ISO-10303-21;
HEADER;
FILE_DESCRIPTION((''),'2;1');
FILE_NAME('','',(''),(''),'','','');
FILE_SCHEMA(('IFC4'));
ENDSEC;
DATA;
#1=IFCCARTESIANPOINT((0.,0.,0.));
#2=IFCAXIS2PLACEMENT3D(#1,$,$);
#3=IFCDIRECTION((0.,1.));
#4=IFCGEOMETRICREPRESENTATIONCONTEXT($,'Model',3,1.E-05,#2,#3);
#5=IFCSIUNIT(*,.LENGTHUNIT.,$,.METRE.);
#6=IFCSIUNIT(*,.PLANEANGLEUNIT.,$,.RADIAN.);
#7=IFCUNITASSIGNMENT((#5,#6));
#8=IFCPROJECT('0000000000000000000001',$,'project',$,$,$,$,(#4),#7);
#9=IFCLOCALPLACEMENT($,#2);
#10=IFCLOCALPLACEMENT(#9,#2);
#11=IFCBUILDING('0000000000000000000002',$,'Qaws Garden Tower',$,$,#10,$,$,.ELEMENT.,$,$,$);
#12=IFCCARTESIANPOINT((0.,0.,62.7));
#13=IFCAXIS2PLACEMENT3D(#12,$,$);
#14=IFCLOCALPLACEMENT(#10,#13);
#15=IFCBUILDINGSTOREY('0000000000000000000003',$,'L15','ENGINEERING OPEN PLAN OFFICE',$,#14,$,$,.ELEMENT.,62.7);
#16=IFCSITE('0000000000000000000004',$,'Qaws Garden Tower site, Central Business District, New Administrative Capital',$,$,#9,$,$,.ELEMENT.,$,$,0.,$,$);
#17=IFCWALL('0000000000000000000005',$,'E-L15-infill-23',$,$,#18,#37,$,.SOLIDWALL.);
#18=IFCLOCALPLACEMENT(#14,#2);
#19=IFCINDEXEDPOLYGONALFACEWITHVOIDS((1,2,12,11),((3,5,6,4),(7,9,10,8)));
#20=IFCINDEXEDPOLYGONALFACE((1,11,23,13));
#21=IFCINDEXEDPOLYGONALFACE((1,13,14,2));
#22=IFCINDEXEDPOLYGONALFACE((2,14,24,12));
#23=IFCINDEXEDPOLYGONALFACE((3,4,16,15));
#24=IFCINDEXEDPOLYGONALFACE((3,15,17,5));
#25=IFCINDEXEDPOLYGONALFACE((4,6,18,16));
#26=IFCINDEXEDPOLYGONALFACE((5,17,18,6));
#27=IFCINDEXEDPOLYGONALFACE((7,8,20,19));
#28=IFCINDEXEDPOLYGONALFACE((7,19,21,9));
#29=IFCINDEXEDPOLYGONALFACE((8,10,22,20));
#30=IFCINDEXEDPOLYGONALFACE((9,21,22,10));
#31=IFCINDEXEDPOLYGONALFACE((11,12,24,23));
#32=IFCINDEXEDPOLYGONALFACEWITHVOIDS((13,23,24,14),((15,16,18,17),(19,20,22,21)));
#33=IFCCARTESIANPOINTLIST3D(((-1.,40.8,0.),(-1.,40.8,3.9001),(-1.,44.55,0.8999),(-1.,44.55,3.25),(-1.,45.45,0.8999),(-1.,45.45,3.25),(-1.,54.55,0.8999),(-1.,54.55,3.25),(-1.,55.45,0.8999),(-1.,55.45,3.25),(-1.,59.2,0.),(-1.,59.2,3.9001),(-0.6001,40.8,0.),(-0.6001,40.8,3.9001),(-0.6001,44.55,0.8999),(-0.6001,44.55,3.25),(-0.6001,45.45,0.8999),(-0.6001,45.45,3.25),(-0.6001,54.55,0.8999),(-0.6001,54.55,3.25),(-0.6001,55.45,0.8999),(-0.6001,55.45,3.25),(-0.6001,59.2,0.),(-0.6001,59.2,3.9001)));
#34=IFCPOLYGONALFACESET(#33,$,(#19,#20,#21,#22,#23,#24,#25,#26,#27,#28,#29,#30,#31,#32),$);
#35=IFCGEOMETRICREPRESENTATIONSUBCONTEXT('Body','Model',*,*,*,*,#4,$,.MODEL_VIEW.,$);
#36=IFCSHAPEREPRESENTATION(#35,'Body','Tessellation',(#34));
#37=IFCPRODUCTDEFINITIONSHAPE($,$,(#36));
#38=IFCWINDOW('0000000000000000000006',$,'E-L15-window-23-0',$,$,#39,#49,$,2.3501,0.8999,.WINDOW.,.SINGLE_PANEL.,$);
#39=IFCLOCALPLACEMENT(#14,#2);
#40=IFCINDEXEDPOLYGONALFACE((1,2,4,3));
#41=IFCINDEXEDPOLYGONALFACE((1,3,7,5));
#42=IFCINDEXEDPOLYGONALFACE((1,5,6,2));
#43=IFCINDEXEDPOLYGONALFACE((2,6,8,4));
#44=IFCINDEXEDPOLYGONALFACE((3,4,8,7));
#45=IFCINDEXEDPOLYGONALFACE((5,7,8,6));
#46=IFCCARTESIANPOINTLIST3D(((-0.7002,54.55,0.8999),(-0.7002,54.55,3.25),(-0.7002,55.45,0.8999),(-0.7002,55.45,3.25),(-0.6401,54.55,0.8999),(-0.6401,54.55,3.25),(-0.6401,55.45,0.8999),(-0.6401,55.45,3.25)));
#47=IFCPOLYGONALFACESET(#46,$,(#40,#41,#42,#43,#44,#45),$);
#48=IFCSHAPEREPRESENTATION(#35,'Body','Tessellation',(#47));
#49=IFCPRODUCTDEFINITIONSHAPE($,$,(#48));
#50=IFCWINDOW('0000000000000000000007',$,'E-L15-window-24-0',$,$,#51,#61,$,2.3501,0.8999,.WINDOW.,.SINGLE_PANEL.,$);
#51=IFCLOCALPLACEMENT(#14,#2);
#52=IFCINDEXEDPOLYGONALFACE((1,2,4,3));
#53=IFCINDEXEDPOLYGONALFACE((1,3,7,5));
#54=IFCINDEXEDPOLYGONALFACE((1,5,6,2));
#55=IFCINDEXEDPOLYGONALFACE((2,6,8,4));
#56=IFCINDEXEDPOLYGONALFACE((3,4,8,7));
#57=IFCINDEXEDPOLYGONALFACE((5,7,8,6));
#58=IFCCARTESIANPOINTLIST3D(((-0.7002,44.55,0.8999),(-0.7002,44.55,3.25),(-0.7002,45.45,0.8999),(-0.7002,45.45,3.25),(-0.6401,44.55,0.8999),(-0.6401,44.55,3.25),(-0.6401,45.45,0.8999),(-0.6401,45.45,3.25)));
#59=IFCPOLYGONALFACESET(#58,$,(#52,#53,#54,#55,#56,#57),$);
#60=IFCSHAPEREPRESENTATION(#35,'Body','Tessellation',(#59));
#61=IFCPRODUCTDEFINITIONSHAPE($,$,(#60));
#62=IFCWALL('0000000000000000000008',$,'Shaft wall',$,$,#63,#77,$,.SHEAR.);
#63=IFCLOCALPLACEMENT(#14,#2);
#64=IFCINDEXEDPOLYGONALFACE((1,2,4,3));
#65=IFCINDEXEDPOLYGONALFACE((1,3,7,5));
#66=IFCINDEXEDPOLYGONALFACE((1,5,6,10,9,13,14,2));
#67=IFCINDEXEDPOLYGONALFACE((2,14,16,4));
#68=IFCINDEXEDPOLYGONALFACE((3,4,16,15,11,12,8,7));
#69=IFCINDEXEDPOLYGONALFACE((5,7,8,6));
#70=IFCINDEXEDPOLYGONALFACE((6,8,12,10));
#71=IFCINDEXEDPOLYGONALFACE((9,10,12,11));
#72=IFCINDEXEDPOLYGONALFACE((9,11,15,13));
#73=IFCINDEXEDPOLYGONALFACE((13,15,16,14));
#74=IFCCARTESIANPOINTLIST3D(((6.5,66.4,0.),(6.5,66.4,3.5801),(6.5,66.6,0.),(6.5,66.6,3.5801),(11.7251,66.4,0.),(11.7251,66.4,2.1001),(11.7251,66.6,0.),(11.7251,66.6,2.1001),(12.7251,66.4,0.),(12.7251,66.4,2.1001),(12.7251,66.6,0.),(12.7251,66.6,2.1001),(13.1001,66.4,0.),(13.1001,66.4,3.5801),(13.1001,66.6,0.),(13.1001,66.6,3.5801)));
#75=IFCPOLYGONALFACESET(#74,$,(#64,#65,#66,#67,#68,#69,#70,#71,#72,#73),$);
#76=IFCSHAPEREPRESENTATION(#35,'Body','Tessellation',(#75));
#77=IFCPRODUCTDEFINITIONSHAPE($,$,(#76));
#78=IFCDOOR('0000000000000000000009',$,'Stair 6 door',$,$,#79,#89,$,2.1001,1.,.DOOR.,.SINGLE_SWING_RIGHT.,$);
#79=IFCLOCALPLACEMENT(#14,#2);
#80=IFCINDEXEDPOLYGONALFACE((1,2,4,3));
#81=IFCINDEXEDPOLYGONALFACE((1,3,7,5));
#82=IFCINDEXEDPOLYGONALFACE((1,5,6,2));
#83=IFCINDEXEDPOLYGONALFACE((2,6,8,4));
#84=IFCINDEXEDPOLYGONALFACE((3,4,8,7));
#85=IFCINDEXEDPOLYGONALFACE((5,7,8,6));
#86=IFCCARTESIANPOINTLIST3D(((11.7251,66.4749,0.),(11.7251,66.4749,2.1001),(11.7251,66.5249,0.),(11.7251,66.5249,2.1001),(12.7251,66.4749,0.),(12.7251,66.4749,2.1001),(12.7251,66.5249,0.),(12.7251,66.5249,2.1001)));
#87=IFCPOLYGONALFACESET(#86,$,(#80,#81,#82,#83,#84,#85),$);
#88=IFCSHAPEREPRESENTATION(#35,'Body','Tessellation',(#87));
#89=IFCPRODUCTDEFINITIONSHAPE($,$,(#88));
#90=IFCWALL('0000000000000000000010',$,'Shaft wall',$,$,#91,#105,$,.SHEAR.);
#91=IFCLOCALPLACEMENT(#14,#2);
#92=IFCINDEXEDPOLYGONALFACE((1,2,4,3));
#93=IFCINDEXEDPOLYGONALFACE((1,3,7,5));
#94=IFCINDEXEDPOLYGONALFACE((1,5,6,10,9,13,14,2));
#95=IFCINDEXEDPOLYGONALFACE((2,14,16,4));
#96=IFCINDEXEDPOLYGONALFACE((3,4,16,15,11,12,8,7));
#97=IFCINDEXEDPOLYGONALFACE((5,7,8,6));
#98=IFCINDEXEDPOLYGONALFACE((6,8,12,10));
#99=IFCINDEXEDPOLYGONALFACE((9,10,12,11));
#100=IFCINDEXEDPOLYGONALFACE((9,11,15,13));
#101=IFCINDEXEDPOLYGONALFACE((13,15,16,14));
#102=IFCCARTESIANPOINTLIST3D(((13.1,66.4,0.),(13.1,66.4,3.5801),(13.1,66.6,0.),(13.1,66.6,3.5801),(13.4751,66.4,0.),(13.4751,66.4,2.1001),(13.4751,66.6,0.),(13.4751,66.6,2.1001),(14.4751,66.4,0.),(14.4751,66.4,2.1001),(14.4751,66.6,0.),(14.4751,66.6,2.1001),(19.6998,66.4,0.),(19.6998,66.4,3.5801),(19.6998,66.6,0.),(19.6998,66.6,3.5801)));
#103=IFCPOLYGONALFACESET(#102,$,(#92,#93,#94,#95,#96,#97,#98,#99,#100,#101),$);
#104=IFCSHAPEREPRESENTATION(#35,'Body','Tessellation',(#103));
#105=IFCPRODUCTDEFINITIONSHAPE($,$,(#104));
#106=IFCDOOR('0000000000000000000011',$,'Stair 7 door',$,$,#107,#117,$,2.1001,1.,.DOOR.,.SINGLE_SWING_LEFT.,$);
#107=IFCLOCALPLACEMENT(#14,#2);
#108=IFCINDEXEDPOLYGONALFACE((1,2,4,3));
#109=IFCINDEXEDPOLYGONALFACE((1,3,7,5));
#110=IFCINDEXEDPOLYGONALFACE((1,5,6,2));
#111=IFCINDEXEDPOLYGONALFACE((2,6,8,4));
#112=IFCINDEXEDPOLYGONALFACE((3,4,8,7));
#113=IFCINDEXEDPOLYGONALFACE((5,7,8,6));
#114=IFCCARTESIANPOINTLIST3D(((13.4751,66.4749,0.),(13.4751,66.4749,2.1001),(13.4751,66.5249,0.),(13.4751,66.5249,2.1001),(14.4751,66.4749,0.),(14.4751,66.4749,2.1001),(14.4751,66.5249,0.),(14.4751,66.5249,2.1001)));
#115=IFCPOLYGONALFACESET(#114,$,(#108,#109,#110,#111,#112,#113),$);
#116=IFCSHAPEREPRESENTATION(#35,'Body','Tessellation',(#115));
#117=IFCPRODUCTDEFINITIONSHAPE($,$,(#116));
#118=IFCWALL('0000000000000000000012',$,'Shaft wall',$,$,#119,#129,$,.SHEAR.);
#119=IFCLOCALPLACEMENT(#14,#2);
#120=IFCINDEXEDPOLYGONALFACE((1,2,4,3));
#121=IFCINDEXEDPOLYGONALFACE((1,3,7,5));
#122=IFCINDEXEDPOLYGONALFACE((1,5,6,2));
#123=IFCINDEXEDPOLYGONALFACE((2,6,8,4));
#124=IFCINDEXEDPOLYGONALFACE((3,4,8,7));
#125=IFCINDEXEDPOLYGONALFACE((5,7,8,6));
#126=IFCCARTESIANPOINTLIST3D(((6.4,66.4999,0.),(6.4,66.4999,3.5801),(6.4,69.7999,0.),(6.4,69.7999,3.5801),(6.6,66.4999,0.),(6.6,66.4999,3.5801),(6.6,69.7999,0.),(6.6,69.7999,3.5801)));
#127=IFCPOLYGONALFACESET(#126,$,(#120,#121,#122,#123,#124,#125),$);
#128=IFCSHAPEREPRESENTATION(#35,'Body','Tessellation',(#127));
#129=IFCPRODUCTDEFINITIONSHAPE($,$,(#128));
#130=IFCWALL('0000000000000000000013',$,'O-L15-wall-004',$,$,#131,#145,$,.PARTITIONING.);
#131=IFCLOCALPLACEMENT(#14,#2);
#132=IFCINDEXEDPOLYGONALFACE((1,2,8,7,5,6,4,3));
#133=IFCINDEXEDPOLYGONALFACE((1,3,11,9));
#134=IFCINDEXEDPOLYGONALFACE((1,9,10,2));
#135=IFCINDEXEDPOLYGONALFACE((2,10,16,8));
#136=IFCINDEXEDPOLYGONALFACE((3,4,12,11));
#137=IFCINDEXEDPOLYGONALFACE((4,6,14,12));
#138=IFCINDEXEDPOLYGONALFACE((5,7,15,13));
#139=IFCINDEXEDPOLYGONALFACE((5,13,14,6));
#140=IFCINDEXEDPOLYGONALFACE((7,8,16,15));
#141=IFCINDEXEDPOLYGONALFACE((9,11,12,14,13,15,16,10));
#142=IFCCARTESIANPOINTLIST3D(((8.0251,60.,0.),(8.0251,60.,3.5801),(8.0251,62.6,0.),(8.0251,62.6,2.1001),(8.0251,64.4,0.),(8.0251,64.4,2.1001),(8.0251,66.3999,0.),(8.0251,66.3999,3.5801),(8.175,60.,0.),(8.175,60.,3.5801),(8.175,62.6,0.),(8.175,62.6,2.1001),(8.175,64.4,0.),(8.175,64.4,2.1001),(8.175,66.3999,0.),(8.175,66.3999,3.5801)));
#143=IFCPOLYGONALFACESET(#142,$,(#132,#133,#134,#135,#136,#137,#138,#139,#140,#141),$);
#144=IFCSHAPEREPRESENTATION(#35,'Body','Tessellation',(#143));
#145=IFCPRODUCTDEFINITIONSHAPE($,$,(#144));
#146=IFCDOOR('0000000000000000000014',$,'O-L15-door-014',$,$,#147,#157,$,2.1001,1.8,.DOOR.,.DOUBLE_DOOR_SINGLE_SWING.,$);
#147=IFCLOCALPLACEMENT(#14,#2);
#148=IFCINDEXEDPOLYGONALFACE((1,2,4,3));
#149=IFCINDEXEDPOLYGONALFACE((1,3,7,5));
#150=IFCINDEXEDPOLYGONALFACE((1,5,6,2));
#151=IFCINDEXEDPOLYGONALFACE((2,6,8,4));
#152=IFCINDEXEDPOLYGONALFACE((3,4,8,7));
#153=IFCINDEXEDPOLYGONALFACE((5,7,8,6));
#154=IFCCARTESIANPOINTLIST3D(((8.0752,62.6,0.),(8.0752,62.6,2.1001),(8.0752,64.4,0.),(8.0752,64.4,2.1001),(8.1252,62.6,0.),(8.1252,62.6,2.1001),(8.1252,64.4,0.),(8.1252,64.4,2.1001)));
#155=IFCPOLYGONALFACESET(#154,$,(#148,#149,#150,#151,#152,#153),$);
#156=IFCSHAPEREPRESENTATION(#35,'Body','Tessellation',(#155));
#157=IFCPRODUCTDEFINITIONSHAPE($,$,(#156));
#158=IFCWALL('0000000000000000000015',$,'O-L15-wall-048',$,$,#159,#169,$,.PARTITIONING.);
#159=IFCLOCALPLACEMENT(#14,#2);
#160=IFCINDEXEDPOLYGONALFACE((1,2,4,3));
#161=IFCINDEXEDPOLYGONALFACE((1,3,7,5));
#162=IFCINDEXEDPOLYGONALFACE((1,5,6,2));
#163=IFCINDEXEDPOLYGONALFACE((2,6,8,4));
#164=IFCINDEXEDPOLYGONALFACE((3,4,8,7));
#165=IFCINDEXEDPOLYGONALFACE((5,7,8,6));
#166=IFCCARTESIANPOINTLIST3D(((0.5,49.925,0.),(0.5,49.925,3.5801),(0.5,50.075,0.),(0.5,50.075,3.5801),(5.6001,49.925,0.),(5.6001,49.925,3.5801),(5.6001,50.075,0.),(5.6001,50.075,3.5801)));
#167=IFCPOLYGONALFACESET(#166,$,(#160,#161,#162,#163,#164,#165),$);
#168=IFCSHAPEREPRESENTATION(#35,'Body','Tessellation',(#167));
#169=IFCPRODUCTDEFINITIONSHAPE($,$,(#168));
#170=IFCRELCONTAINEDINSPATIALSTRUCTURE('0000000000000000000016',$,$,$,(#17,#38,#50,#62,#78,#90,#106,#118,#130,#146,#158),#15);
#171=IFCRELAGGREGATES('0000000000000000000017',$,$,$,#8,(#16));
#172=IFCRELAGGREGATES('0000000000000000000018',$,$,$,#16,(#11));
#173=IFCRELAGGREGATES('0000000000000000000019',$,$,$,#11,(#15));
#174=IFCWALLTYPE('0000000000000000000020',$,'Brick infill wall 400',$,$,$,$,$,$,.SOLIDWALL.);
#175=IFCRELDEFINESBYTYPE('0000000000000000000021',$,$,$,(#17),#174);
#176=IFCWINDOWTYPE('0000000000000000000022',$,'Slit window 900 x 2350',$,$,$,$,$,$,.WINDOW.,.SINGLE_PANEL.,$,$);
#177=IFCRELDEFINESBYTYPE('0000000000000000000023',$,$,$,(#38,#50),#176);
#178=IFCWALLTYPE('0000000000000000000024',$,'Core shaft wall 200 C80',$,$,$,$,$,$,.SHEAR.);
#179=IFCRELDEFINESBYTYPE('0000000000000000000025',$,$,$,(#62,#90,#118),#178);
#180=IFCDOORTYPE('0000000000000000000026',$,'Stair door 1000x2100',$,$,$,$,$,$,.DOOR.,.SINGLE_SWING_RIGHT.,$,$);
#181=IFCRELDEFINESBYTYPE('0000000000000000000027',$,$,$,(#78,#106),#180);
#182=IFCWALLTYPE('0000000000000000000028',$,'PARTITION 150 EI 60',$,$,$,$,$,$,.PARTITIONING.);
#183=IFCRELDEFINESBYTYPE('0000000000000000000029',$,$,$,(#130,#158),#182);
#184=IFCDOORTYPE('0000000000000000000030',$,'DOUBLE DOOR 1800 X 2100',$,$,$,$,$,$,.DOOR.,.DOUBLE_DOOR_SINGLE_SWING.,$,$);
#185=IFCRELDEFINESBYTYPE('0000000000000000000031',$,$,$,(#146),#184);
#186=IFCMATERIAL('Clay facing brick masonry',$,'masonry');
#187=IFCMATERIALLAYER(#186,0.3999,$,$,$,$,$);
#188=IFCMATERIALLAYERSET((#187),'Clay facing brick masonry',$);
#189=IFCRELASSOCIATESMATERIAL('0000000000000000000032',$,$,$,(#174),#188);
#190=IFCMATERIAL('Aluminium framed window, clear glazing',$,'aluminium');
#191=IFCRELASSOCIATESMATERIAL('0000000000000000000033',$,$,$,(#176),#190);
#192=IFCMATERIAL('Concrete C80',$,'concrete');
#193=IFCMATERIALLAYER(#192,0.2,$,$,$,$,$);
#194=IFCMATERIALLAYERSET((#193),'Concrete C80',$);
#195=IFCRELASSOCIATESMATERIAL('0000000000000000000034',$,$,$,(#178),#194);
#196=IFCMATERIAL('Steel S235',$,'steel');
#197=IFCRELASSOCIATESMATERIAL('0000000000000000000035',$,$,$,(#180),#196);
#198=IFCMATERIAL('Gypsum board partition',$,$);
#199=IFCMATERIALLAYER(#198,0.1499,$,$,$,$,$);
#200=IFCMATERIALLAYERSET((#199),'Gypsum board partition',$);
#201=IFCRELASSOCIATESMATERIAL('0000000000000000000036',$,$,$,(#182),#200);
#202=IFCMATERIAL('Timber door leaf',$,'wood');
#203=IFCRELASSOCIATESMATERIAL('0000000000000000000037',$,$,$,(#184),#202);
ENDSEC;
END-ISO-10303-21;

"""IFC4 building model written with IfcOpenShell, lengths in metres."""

from ifc_helpers import new_model, si_unit, direction, frame, frame_2d, origin, place, context, subcontext, project, spatial, rectangle, extrude, material, layer, layer_set, type_object, element, fill, save


model = new_model("IFC4")

# Units and contexts
model_context = context("Model", 3, precision=1e-05, world=origin(), true_north=direction((0.0, 1.0)))
body_context = subcontext(model_context, "Body", "Model", "MODEL_VIEW")
ifc_project = project(units=[si_unit("LENGTHUNIT", "METRE"), si_unit("PLANEANGLEUNIT", "RADIAN")], contexts=[model_context])

# Site, building, storey
site_placement = place(None, origin())
site = spatial("IfcSite", under=ifc_project, at=site_placement, Name="Qaws Garden Tower site, Central Business District, New Administrative Capital", CompositionType="ELEMENT", RefElevation=0.0)
building_placement = place(site_placement, origin())
building = spatial("IfcBuilding", under=site, at=building_placement, Name="Qaws Garden Tower", CompositionType="ELEMENT")
storey_placement = place(building_placement, frame((0.0, 0.0, 62.7)))
storey = spatial("IfcBuildingStorey", under=building, at=storey_placement, Name="L15", Description="ENGINEERING OPEN PLAN OFFICE", CompositionType="ELEMENT", Elevation=62.7)

# Shared definitions
ifc_material_1 = material(Name="Clay facing brick masonry", Category="masonry")
ifc_layer_1 = layer(ifc_material_1, 0.3999)
ifc_layer_set_1 = layer_set([ifc_layer_1], Name="Clay facing brick masonry")
wall_type_1 = type_object("IfcWallType", Name="Brick infill wall 400", PredefinedType="SOLIDWALL", material=ifc_layer_set_1)

# Wall, openings, windows
wall_1_placement = place(storey_placement, frame((-0.8, 59.2, 0.0), z_axis=(0.0, 0.0, 1.0), x_axis=(0.0, -1.0, 0.0)))
wall_1 = element("IfcWall", 1, at=wall_1_placement, inside=storey, type_object=wall_type_1, Name="E-L15-infill-23", PredefinedType="SOLIDWALL", context=body_context, shape_type="SweptSolid", body=[
    extrude(rectangle(XDim=18.3999, YDim=0.3999, at=frame_2d((9.2, 0.0))), origin(), (0.0, 0.0, 1.0), 3.9001),
])
opening_1_placement = place(wall_1_placement, frame((3.75, 0.0, 0.8999)))
opening_1 = element("IfcOpeningElement", 2, at=opening_1_placement, cuts=wall_1, PredefinedType="OPENING", context=body_context, shape_type="SweptSolid", body=[
    extrude(rectangle(XDim=0.8999, YDim=2.3501, at=frame_2d((0.45, 1.175))), frame((0.0, 0.21, 0.0), z_axis=(0.0, -1.0, 0.0), x_axis=(1.0, 0.0, 0.0)), (0.0, 0.0, 1.0), 0.4199),
])
opening_2_placement = place(wall_1_placement, frame((13.75, 0.0, 0.8999)))
opening_2 = element("IfcOpeningElement", 3, at=opening_2_placement, cuts=wall_1, PredefinedType="OPENING", context=body_context, shape_type="SweptSolid", body=[
    extrude(rectangle(XDim=0.8999, YDim=2.3501, at=frame_2d((0.45, 1.175))), frame((0.0, 0.21, 0.0), z_axis=(0.0, -1.0, 0.0), x_axis=(1.0, 0.0, 0.0)), (0.0, 0.0, 1.0), 0.4199),
])
ifc_material_2 = material(Name="Aluminium framed window, clear glazing", Category="aluminium")
window_type_1 = type_object("IfcWindowType", Name="Slit window 900 x 2350", PartitioningType="SINGLE_PANEL", PredefinedType="WINDOW", material=ifc_material_2)
window_1_placement = place(opening_1_placement, origin())
window_1 = element("IfcWindow", 4, at=window_1_placement, inside=storey, type_object=window_type_1, Name="E-L15-window-23-0", OverallHeight=2.3501, OverallWidth=0.8999, PartitioningType="SINGLE_PANEL", PredefinedType="WINDOW", context=body_context, shape_type="SweptSolid", body=[
    extrude(rectangle(XDim=0.8999, YDim=2.3501, at=frame_2d((0.45, 1.175))), frame((0.0, 0.1599, 0.0), z_axis=(0.0, -1.0, 0.0), x_axis=(1.0, 0.0, 0.0)), (0.0, 0.0, 1.0), 0.0601),
])
fill(opening_1, window_1)
window_2_placement = place(opening_2_placement, origin())
window_2 = element("IfcWindow", 5, at=window_2_placement, inside=storey, type_object=window_type_1, Name="E-L15-window-24-0", OverallHeight=2.3501, OverallWidth=0.8999, PartitioningType="SINGLE_PANEL", PredefinedType="WINDOW", context=body_context, shape_type="SweptSolid", body=[
    extrude(rectangle(XDim=0.8999, YDim=2.3501, at=frame_2d((0.45, 1.175))), frame((0.0, 0.1599, 0.0), z_axis=(0.0, -1.0, 0.0), x_axis=(1.0, 0.0, 0.0)), (0.0, 0.0, 1.0), 0.0601),
])
fill(opening_2, window_2)

# Walls, openings, doors
ifc_material_3 = material(Name="Concrete C80", Category="concrete")
ifc_layer_2 = layer(ifc_material_3, 0.2)
ifc_layer_set_2 = layer_set([ifc_layer_2], Name="Concrete C80")
wall_type_2 = type_object("IfcWallType", Name="Core shaft wall 200 C80", PredefinedType="SHEAR", material=ifc_layer_set_2)
wall_2_placement = place(storey_placement, frame((6.5, 66.5, 0.0), z_axis=(0.0, 0.0, 1.0), x_axis=(1.0, 0.0, 0.0)))
wall_2 = element("IfcWall", 6, at=wall_2_placement, inside=storey, type_object=wall_type_2, Name="Shaft wall", PredefinedType="SHEAR", context=body_context, shape_type="SweptSolid", body=[
    extrude(rectangle(XDim=6.6001, YDim=0.2, at=frame_2d((3.3, 0.0))), origin(), (0.0, 0.0, 1.0), 3.5801),
])
opening_3_placement = place(wall_2_placement, frame((5.2251, 0.0, 0.0)))
opening_3 = element("IfcOpeningElement", 7, at=opening_3_placement, cuts=wall_2, PredefinedType="OPENING", context=body_context, shape_type="SweptSolid", body=[
    extrude(rectangle(XDim=1.0, YDim=2.1001, at=frame_2d((0.5, 1.05))), frame((0.0, 0.1099, 0.0), z_axis=(0.0, -1.0, 0.0), x_axis=(1.0, 0.0, 0.0)), (0.0, 0.0, 1.0), 0.22),
])
ifc_material_4 = material(Name="Steel S235", Category="steel")
door_type_1 = type_object("IfcDoorType", Name="Stair door 1000x2100", OperationType="SINGLE_SWING_RIGHT", PredefinedType="DOOR", material=ifc_material_4)
door_1_placement = place(opening_3_placement, origin())
door_1 = element("IfcDoor", 8, at=door_1_placement, inside=storey, type_object=door_type_1, Name="Stair 6 door", OperationType="SINGLE_SWING_RIGHT", OverallHeight=2.1001, OverallWidth=1.0, PredefinedType="DOOR", context=body_context, shape_type="SweptSolid", body=[
    extrude(rectangle(XDim=1.0, YDim=2.1001, at=frame_2d((0.5, 1.05))), frame((0.0, 0.0249, 0.0), z_axis=(0.0, -1.0, 0.0), x_axis=(1.0, 0.0, 0.0)), (0.0, 0.0, 1.0), 0.05),
])
fill(opening_3, door_1)
wall_3_placement = place(storey_placement, frame((13.1001, 66.5, 0.0), z_axis=(0.0, 0.0, 1.0), x_axis=(1.0, 0.0, 0.0)))
wall_3 = element("IfcWall", 9, at=wall_3_placement, inside=storey, type_object=wall_type_2, Name="Shaft wall", PredefinedType="SHEAR", context=body_context, shape_type="SweptSolid", body=[
    extrude(rectangle(XDim=6.5999, YDim=0.2, at=frame_2d((3.2998, 0.0))), origin(), (0.0, 0.0, 1.0), 3.5801),
])
opening_4_placement = place(wall_3_placement, frame((0.375, 0.0, 0.0)))
opening_4 = element("IfcOpeningElement", 10, at=opening_4_placement, cuts=wall_3, PredefinedType="OPENING", context=body_context, shape_type="SweptSolid", body=[
    extrude(rectangle(XDim=1.0, YDim=2.1001, at=frame_2d((0.5, 1.05))), frame((0.0, 0.1099, 0.0), z_axis=(0.0, -1.0, 0.0), x_axis=(1.0, 0.0, 0.0)), (0.0, 0.0, 1.0), 0.22),
])
door_2_placement = place(opening_4_placement, origin())
door_2 = element("IfcDoor", 11, at=door_2_placement, inside=storey, type_object=door_type_1, Name="Stair 7 door", OperationType="SINGLE_SWING_LEFT", OverallHeight=2.1001, OverallWidth=1.0, PredefinedType="DOOR", context=body_context, shape_type="SweptSolid", body=[
    extrude(rectangle(XDim=1.0, YDim=2.1001, at=frame_2d((0.5, 1.05))), frame((0.0, 0.0249, 0.0), z_axis=(0.0, -1.0, 0.0), x_axis=(1.0, 0.0, 0.0)), (0.0, 0.0, 1.0), 0.05),
])
fill(opening_4, door_2)

# Wall
wall_4_placement = place(storey_placement, frame((6.5, 66.5, 0.0), z_axis=(0.0, 0.0, 1.0), x_axis=(0.0, 1.0, 0.0)))
element("IfcWall", 12, at=wall_4_placement, inside=storey, type_object=wall_type_2, Name="Shaft wall", PredefinedType="SHEAR", context=body_context, shape_type="SweptSolid", body=[
    extrude(rectangle(XDim=3.3, YDim=0.2, at=frame_2d((1.6499, 0.0))), origin(), (0.0, 0.0, 1.0), 3.5801),
])

# Wall, opening, door
ifc_material_5 = material(Name="Gypsum board partition")
ifc_layer_3 = layer(ifc_material_5, 0.1499)
ifc_layer_set_3 = layer_set([ifc_layer_3], Name="Gypsum board partition")
wall_type_3 = type_object("IfcWallType", Name="PARTITION 150 EI 60", PredefinedType="PARTITIONING", material=ifc_layer_set_3)
wall_5_placement = place(storey_placement, frame((8.1001, 60.0, 0.0), z_axis=(0.0, 0.0, 1.0), x_axis=(0.0, 1.0, 0.0)))
wall_5 = element("IfcWall", 13, at=wall_5_placement, inside=storey, type_object=wall_type_3, Name="O-L15-wall-004", PredefinedType="PARTITIONING", context=body_context, shape_type="SweptSolid", body=[
    extrude(rectangle(XDim=6.3999, YDim=0.1499, at=frame_2d((3.2, 0.0))), origin(), (0.0, 0.0, 1.0), 3.5801),
])
opening_5_placement = place(wall_5_placement, frame((2.6001, 0.0, 0.0)))
opening_5 = element("IfcOpeningElement", 14, at=opening_5_placement, cuts=wall_5, PredefinedType="OPENING", context=body_context, shape_type="SweptSolid", body=[
    extrude(rectangle(XDim=1.8, YDim=2.1001, at=frame_2d((0.8999, 1.05))), frame((0.0, 0.085, 0.0), z_axis=(0.0, -1.0, 0.0), x_axis=(1.0, 0.0, 0.0)), (0.0, 0.0, 1.0), 0.1699),
])
ifc_material_6 = material(Name="Timber door leaf", Category="wood")
door_type_2 = type_object("IfcDoorType", Name="DOUBLE DOOR 1800 X 2100", OperationType="DOUBLE_DOOR_SINGLE_SWING", PredefinedType="DOOR", material=ifc_material_6)
door_3_placement = place(opening_5_placement, origin())
door_3 = element("IfcDoor", 15, at=door_3_placement, inside=storey, type_object=door_type_2, Name="O-L15-door-014", OperationType="DOUBLE_DOOR_SINGLE_SWING", OverallHeight=2.1001, OverallWidth=1.8, PredefinedType="DOOR", context=body_context, shape_type="SweptSolid", body=[
    extrude(rectangle(XDim=1.8, YDim=2.1001, at=frame_2d((0.8999, 1.05))), frame((0.0, 0.0249, 0.0), z_axis=(0.0, -1.0, 0.0), x_axis=(1.0, 0.0, 0.0)), (0.0, 0.0, 1.0), 0.05),
])
fill(opening_5, door_3)

# Wall
wall_6_placement = place(storey_placement, frame((0.5, 50.0, 0.0), z_axis=(0.0, 0.0, 1.0), x_axis=(1.0, 0.0, 0.0)))
element("IfcWall", 16, at=wall_6_placement, inside=storey, type_object=wall_type_3, Name="O-L15-wall-048", PredefinedType="PARTITIONING", context=body_context, shape_type="SweptSolid", body=[
    extrude(rectangle(XDim=5.1001, YDim=0.1499, at=frame_2d((2.55, 0.0))), origin(), (0.0, 0.0, 1.0), 3.5801),
])

save(model, "model.ifc")
